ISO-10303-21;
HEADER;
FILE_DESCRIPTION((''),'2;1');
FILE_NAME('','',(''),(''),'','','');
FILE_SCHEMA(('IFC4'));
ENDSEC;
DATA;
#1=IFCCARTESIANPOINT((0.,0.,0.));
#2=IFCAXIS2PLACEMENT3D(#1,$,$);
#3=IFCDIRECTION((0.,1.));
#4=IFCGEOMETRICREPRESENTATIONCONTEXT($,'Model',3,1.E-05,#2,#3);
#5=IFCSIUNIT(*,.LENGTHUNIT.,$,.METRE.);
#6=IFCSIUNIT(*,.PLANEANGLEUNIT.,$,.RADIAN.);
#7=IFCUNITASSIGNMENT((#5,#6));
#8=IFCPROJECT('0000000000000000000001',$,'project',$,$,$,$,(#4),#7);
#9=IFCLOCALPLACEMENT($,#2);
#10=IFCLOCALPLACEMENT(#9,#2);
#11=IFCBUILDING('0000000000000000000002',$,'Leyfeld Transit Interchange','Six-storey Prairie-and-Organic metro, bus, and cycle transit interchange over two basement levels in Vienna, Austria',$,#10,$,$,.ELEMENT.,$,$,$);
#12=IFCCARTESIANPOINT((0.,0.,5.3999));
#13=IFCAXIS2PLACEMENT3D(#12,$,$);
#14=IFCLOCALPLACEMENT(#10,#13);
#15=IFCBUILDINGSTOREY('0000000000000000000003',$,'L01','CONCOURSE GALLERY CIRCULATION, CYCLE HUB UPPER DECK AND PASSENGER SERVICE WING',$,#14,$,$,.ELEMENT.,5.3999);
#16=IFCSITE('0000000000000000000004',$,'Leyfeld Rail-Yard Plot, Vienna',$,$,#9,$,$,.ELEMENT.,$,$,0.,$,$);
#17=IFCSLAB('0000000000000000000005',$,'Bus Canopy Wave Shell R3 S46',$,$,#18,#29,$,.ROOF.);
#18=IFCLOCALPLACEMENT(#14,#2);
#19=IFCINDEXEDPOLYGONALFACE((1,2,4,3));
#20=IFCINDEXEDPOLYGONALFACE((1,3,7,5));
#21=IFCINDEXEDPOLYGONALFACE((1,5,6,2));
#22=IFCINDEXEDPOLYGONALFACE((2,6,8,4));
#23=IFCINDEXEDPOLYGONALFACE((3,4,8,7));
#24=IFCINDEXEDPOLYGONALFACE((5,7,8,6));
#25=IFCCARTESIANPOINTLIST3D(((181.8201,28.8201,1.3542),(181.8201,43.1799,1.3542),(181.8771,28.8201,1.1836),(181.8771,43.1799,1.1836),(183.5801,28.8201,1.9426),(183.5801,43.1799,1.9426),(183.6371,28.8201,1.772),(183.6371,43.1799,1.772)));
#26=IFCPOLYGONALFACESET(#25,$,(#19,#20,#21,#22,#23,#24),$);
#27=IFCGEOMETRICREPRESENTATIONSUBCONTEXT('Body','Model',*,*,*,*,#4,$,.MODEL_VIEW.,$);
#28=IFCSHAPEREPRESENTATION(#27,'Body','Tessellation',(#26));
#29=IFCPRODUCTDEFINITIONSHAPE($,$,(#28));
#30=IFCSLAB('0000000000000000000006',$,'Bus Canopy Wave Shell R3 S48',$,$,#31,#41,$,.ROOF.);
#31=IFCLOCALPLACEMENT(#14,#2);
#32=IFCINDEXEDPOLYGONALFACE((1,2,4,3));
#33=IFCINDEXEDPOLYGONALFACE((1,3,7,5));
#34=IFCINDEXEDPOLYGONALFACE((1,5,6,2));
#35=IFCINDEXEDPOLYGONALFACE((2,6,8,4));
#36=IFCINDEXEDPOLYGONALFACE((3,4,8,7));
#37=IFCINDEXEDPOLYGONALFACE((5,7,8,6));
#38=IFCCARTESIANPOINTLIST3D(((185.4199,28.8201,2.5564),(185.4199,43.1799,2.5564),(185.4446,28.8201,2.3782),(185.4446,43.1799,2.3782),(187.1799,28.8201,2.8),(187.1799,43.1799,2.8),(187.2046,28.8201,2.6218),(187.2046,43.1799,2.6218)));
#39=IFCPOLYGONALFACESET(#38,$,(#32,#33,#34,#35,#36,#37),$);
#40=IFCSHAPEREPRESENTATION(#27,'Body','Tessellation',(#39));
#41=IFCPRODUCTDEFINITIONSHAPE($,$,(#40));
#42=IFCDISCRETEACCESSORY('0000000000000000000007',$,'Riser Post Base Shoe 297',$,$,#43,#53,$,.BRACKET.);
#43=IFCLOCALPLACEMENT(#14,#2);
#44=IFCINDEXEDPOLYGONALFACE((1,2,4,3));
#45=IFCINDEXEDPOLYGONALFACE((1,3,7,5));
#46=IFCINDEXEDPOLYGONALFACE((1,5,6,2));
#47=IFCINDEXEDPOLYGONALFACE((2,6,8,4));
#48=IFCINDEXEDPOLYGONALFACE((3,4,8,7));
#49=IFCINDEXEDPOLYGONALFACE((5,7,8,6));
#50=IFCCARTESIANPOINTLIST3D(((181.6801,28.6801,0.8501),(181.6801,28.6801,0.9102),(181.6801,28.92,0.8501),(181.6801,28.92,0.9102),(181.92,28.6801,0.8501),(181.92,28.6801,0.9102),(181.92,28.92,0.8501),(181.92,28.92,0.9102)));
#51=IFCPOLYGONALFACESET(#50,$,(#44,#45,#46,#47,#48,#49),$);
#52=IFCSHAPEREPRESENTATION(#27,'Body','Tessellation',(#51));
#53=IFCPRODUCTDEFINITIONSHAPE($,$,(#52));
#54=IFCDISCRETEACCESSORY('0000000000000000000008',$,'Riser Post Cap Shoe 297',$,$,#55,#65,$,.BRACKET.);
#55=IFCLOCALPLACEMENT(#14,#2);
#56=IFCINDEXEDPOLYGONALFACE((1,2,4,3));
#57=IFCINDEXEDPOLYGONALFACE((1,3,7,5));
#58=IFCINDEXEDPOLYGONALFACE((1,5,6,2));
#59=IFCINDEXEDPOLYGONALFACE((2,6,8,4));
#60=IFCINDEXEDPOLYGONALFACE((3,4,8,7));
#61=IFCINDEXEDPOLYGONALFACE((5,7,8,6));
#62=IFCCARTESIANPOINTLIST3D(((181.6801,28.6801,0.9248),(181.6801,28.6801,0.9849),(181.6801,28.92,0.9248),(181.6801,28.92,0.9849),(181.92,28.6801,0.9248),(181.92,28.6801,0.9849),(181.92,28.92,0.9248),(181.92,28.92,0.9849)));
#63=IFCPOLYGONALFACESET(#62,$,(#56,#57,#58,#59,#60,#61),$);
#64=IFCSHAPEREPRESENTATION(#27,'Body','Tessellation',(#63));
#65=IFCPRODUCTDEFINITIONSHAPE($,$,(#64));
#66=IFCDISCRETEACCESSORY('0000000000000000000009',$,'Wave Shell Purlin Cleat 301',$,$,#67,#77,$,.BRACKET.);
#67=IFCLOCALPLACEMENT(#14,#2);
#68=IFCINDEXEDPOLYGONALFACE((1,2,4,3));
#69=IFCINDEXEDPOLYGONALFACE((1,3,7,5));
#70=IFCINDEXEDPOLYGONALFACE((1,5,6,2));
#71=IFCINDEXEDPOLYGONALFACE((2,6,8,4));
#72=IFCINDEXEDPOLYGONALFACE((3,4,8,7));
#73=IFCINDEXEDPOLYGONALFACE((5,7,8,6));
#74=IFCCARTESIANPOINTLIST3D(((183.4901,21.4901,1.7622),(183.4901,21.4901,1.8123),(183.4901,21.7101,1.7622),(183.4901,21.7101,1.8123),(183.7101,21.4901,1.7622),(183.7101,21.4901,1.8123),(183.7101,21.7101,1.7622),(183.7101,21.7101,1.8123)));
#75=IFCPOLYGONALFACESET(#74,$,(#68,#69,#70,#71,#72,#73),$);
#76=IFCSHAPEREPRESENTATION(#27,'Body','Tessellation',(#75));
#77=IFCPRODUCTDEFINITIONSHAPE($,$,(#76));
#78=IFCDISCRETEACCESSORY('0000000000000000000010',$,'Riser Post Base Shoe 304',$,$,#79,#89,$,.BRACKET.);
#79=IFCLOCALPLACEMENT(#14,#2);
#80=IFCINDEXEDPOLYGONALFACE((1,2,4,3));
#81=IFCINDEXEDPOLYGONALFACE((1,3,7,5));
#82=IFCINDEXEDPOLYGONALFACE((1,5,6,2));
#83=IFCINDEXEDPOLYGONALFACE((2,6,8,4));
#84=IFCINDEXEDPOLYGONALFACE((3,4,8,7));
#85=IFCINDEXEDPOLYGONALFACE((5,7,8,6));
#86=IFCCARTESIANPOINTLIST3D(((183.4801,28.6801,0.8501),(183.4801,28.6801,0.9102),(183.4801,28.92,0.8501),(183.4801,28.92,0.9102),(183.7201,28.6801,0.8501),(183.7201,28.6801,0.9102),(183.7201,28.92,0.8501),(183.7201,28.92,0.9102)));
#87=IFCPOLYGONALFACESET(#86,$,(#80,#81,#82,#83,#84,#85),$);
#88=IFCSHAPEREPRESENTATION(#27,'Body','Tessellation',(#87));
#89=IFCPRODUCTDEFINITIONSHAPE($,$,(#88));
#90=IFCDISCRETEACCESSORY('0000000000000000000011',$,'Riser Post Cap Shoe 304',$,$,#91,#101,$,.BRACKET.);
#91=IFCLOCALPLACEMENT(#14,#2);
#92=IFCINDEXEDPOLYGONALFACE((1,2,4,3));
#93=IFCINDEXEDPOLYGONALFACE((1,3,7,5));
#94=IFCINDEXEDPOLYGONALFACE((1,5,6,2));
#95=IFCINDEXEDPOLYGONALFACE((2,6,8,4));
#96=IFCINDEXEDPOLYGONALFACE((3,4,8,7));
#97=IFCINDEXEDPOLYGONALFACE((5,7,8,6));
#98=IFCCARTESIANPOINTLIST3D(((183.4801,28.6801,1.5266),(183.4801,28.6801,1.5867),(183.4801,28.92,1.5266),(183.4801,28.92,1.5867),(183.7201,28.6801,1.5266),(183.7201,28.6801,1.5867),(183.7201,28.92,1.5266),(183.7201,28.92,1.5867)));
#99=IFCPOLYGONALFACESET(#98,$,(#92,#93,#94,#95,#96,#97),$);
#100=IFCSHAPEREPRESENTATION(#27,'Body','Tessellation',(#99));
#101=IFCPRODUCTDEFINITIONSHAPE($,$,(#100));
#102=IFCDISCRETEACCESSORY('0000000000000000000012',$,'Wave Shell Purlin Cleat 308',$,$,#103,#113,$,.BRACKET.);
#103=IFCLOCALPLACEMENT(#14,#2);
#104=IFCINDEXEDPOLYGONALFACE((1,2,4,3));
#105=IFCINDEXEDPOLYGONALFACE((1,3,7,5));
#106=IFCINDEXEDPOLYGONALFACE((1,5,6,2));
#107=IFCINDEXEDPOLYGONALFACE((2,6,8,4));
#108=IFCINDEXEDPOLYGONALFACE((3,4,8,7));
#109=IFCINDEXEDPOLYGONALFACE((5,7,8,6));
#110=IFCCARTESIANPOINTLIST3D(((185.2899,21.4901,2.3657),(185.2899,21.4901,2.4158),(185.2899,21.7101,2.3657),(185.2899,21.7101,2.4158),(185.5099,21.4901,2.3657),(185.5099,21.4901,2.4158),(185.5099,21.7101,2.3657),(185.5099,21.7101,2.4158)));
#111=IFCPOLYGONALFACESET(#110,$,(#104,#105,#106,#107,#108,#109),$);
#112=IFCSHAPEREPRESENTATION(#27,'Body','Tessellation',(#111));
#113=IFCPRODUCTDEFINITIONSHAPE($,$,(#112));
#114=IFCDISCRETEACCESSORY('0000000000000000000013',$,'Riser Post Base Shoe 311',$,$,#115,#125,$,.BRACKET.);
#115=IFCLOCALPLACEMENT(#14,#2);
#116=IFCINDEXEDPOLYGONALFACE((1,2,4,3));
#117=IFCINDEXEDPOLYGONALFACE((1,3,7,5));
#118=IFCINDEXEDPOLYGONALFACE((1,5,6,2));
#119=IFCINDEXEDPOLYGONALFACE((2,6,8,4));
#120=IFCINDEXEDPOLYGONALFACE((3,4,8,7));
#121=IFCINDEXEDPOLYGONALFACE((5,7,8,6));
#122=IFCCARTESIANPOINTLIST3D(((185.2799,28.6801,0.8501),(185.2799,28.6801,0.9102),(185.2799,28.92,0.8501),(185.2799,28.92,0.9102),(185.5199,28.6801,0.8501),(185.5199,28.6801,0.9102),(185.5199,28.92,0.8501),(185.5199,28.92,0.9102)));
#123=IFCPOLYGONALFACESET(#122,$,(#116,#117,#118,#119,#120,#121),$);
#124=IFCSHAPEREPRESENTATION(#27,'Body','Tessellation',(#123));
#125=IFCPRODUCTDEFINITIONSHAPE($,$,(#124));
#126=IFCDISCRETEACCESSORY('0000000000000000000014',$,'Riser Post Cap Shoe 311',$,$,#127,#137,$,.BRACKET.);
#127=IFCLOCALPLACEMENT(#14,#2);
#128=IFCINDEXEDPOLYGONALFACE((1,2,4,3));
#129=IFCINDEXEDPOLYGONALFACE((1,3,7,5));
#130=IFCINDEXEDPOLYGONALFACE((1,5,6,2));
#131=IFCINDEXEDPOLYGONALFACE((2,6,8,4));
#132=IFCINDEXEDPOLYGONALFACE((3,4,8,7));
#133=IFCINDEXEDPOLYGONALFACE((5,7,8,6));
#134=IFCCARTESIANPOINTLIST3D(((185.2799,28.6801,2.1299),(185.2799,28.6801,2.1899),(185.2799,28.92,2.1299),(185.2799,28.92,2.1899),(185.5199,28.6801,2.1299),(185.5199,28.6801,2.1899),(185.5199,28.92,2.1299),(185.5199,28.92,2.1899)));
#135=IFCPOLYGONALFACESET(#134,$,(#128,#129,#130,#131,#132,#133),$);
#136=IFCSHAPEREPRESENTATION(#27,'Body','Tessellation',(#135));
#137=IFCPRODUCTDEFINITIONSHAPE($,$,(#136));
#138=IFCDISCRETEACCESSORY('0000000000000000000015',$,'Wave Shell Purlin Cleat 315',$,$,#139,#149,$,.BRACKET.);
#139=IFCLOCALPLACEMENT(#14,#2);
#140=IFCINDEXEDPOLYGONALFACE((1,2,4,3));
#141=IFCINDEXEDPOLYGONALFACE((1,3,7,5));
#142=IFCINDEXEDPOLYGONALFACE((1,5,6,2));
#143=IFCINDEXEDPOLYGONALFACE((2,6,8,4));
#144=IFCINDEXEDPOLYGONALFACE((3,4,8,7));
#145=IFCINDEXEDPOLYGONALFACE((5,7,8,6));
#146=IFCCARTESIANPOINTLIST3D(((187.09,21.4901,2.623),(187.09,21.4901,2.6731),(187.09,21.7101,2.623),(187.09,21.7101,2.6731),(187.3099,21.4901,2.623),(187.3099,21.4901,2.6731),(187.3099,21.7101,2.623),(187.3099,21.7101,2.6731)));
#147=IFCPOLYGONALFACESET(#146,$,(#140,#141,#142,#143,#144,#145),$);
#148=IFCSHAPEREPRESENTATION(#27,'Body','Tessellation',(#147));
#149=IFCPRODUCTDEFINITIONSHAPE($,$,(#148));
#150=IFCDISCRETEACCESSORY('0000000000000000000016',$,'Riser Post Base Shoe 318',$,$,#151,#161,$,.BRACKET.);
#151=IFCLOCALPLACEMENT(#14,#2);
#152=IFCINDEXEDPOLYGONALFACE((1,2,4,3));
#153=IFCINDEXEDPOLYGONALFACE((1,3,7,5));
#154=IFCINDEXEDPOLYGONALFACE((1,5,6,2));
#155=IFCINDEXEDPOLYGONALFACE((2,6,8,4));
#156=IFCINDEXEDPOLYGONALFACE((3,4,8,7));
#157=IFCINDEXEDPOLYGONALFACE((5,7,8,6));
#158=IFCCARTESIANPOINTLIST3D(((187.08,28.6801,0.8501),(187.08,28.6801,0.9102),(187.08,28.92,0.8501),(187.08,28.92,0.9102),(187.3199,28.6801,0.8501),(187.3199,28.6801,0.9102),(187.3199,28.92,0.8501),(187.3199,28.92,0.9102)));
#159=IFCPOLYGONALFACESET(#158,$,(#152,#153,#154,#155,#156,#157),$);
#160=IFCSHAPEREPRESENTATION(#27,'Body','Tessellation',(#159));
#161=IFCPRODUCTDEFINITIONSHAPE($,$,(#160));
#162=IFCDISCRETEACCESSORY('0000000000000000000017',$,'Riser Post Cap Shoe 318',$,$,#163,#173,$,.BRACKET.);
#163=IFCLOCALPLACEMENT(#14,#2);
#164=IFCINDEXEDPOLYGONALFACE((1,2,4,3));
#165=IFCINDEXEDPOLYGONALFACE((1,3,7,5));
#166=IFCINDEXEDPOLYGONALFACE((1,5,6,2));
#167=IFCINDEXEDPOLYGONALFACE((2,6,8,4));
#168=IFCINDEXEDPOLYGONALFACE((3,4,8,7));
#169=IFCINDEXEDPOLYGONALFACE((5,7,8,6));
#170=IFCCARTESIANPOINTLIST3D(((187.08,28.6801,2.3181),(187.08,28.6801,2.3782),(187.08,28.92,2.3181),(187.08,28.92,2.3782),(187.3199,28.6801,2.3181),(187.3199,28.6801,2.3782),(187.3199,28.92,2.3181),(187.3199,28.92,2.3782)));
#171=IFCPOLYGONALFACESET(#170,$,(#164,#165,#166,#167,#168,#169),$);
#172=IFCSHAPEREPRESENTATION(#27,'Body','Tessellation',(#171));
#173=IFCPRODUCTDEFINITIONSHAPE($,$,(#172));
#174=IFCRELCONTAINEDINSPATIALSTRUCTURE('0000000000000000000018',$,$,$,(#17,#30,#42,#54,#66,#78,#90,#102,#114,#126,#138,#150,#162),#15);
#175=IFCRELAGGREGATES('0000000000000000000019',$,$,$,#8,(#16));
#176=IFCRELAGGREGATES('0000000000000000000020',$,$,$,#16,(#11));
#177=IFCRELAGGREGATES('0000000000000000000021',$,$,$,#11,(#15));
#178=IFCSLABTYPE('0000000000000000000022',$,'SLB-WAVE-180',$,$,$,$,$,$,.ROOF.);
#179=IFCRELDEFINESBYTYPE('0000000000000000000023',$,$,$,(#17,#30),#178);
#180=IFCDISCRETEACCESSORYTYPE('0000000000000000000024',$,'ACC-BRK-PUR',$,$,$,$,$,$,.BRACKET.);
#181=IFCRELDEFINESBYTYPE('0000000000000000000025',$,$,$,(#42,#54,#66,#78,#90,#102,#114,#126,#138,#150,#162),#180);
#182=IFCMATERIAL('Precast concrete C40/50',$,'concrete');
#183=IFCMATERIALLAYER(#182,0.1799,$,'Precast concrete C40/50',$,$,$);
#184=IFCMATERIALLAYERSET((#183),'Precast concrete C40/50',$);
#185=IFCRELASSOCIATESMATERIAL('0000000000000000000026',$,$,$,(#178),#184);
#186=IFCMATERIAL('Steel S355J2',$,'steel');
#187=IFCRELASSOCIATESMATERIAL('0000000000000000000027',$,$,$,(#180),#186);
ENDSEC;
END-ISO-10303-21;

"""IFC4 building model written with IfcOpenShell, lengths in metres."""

from ifc_helpers import new_model, si_unit, direction, frame, origin, origin_2d, place, context, subcontext, project, spatial, polyline, rectangle, outline, extrude, material, layer, layer_set, type_object, element, save


model = new_model("IFC4")

# Units and contexts
model_context = context("Model", 3, precision=1e-05, world=origin(), true_north=direction((0.0, 1.0)))
body_context = subcontext(model_context, "Body", "Model", "MODEL_VIEW")
ifc_project = project(units=[si_unit("LENGTHUNIT", "METRE"), si_unit("PLANEANGLEUNIT", "RADIAN")], contexts=[model_context])

# Site, building, storey
site_placement = place(None, origin())
site = spatial("IfcSite", under=ifc_project, at=site_placement, Name="Leyfeld Rail-Yard Plot, Vienna", CompositionType="ELEMENT", RefElevation=0.0)
building_placement = place(site_placement, origin())
building = spatial("IfcBuilding", under=site, at=building_placement, Name="Leyfeld Transit Interchange", Description="Six-storey Prairie-and-Organic metro, bus, and cycle transit interchange over two basement levels in Vienna, Austria", CompositionType="ELEMENT")
storey_placement = place(building_placement, frame((0.0, 0.0, 5.3999)))
storey = spatial("IfcBuildingStorey", under=building, at=storey_placement, Name="L01", Description="CONCOURSE GALLERY CIRCULATION, CYCLE HUB UPPER DECK AND PASSENGER SERVICE WING", CompositionType="ELEMENT", Elevation=5.3999)

# Shared definitions
ifc_material_1 = material(Name="Steel S355J2", Category="steel")

# Slabs
ifc_material_2 = material(Name="Precast concrete C40/50", Category="concrete")
ifc_layer = layer(ifc_material_2, 0.1799, Name="Precast concrete C40/50")
ifc_layer_set = layer_set([ifc_layer], Name="Precast concrete C40/50")
slab_type = type_object("IfcSlabType", Name="SLB-WAVE-180", PredefinedType="ROOF", material=ifc_layer_set)
slab_1_placement = place(storey_placement, frame((181.8201, 28.8201, 1.3542), z_axis=(-0.317056, 0.0, 0.948407), x_axis=(0.948407, 0.0, 0.317056)))
element("IfcSlab", 1, at=slab_1_placement, inside=storey, type_object=slab_type, Name="Bus Canopy Wave Shell R3 S46", PredefinedType="ROOF", context=body_context, shape_type="SweptSolid", body=[
    extrude(outline(polyline([(0.0, 0.0), (1.8558, 0.0), (1.8558, 14.3599), (0.0, 14.3599), (0.0, 0.0)])), origin(), (0.0, 0.0, -1.0), 0.1799),
])
slab_2_placement = place(storey_placement, frame((185.4199, 28.8201, 2.5564), z_axis=(-0.13713, 0.0, 0.990553), x_axis=(0.990553, 0.0, 0.13713)))
element("IfcSlab", 2, at=slab_2_placement, inside=storey, type_object=slab_type, Name="Bus Canopy Wave Shell R3 S48", PredefinedType="ROOF", context=body_context, shape_type="SweptSolid", body=[
    extrude(outline(polyline([(0.0, 0.0), (1.7768, 0.0), (1.7768, 14.3599), (0.0, 14.3599), (0.0, 0.0)])), origin(), (0.0, 0.0, -1.0), 0.1799),
])

# Discrete accessories
discrete_accessory_type = type_object("IfcDiscreteAccessoryType", Name="ACC-BRK-PUR", PredefinedType="BRACKET", material=ifc_material_1)
for number, where, z_axis, x_axis, name in (
    (3, (181.8, 28.8, 0.8501), (0.0, 0.0, 1.0), (1.0, 0.0, 0.0), "Riser Post Base Shoe 297"),
    (4, (181.8, 28.8, 0.9248), (0.0, 0.0, 1.0), (1.0, 0.0, 0.0), "Riser Post Cap Shoe 297"),
):
    element("IfcDiscreteAccessory", number, at=place(storey_placement, frame(where, z_axis=z_axis, x_axis=x_axis)), inside=storey, type_object=discrete_accessory_type, Name=name, PredefinedType="BRACKET", context=body_context, shape_type="SweptSolid", body=[
        extrude(rectangle(XDim=0.24, YDim=0.24, at=origin_2d()), origin(), (0.0, 0.0, 1.0), 0.0601),
    ])
discrete_accessory_1_placement = place(storey_placement, frame((183.6001, 21.6001, 1.7622), z_axis=(0.0, 0.0, 1.0), x_axis=(1.0, 0.0, 0.0)))
element("IfcDiscreteAccessory", 5, at=discrete_accessory_1_placement, inside=storey, type_object=discrete_accessory_type, Name="Wave Shell Purlin Cleat 301", PredefinedType="BRACKET", context=body_context, shape_type="SweptSolid", body=[
    extrude(rectangle(XDim=0.22, YDim=0.22, at=origin_2d()), origin(), (0.0, 0.0, 1.0), 0.05),
])
for number, where, z_axis, x_axis, name in (
    (6, (183.6001, 28.8, 0.8501), (0.0, 0.0, 1.0), (1.0, 0.0, 0.0), "Riser Post Base Shoe 304"),
    (7, (183.6001, 28.8, 1.5266), (0.0, 0.0, 1.0), (1.0, 0.0, 0.0), "Riser Post Cap Shoe 304"),
):
    element("IfcDiscreteAccessory", number, at=place(storey_placement, frame(where, z_axis=z_axis, x_axis=x_axis)), inside=storey, type_object=discrete_accessory_type, Name=name, PredefinedType="BRACKET", context=body_context, shape_type="SweptSolid", body=[
        extrude(rectangle(XDim=0.24, YDim=0.24, at=origin_2d()), origin(), (0.0, 0.0, 1.0), 0.0601),
    ])
discrete_accessory_2_placement = place(storey_placement, frame((185.3999, 21.6001, 2.3657), z_axis=(0.0, 0.0, 1.0), x_axis=(1.0, 0.0, 0.0)))
element("IfcDiscreteAccessory", 8, at=discrete_accessory_2_placement, inside=storey, type_object=discrete_accessory_type, Name="Wave Shell Purlin Cleat 308", PredefinedType="BRACKET", context=body_context, shape_type="SweptSolid", body=[
    extrude(rectangle(XDim=0.22, YDim=0.22, at=origin_2d()), origin(), (0.0, 0.0, 1.0), 0.05),
])
for number, where, z_axis, x_axis, name in (
    (9, (185.3999, 28.8, 0.8501), (0.0, 0.0, 1.0), (1.0, 0.0, 0.0), "Riser Post Base Shoe 311"),
    (10, (185.3999, 28.8, 2.1299), (0.0, 0.0, 1.0), (1.0, 0.0, 0.0), "Riser Post Cap Shoe 311"),
):
    element("IfcDiscreteAccessory", number, at=place(storey_placement, frame(where, z_axis=z_axis, x_axis=x_axis)), inside=storey, type_object=discrete_accessory_type, Name=name, PredefinedType="BRACKET", context=body_context, shape_type="SweptSolid", body=[
        extrude(rectangle(XDim=0.24, YDim=0.24, at=origin_2d()), origin(), (0.0, 0.0, 1.0), 0.0601),
    ])
discrete_accessory_3_placement = place(storey_placement, frame((187.2, 21.6001, 2.623), z_axis=(0.0, 0.0, 1.0), x_axis=(1.0, 0.0, 0.0)))
element("IfcDiscreteAccessory", 11, at=discrete_accessory_3_placement, inside=storey, type_object=discrete_accessory_type, Name="Wave Shell Purlin Cleat 315", PredefinedType="BRACKET", context=body_context, shape_type="SweptSolid", body=[
    extrude(rectangle(XDim=0.22, YDim=0.22, at=origin_2d()), origin(), (0.0, 0.0, 1.0), 0.05),
])
for number, where, z_axis, x_axis, name in (
    (12, (187.2, 28.8, 0.8501), (0.0, 0.0, 1.0), (1.0, 0.0, 0.0), "Riser Post Base Shoe 318"),
    (13, (187.2, 28.8, 2.3181), (0.0, 0.0, 1.0), (1.0, 0.0, 0.0), "Riser Post Cap Shoe 318"),
):
    element("IfcDiscreteAccessory", number, at=place(storey_placement, frame(where, z_axis=z_axis, x_axis=x_axis)), inside=storey, type_object=discrete_accessory_type, Name=name, PredefinedType="BRACKET", context=body_context, shape_type="SweptSolid", body=[
        extrude(rectangle(XDim=0.24, YDim=0.24, at=origin_2d()), origin(), (0.0, 0.0, 1.0), 0.0601),
    ])

save(model, "model.ifc")
